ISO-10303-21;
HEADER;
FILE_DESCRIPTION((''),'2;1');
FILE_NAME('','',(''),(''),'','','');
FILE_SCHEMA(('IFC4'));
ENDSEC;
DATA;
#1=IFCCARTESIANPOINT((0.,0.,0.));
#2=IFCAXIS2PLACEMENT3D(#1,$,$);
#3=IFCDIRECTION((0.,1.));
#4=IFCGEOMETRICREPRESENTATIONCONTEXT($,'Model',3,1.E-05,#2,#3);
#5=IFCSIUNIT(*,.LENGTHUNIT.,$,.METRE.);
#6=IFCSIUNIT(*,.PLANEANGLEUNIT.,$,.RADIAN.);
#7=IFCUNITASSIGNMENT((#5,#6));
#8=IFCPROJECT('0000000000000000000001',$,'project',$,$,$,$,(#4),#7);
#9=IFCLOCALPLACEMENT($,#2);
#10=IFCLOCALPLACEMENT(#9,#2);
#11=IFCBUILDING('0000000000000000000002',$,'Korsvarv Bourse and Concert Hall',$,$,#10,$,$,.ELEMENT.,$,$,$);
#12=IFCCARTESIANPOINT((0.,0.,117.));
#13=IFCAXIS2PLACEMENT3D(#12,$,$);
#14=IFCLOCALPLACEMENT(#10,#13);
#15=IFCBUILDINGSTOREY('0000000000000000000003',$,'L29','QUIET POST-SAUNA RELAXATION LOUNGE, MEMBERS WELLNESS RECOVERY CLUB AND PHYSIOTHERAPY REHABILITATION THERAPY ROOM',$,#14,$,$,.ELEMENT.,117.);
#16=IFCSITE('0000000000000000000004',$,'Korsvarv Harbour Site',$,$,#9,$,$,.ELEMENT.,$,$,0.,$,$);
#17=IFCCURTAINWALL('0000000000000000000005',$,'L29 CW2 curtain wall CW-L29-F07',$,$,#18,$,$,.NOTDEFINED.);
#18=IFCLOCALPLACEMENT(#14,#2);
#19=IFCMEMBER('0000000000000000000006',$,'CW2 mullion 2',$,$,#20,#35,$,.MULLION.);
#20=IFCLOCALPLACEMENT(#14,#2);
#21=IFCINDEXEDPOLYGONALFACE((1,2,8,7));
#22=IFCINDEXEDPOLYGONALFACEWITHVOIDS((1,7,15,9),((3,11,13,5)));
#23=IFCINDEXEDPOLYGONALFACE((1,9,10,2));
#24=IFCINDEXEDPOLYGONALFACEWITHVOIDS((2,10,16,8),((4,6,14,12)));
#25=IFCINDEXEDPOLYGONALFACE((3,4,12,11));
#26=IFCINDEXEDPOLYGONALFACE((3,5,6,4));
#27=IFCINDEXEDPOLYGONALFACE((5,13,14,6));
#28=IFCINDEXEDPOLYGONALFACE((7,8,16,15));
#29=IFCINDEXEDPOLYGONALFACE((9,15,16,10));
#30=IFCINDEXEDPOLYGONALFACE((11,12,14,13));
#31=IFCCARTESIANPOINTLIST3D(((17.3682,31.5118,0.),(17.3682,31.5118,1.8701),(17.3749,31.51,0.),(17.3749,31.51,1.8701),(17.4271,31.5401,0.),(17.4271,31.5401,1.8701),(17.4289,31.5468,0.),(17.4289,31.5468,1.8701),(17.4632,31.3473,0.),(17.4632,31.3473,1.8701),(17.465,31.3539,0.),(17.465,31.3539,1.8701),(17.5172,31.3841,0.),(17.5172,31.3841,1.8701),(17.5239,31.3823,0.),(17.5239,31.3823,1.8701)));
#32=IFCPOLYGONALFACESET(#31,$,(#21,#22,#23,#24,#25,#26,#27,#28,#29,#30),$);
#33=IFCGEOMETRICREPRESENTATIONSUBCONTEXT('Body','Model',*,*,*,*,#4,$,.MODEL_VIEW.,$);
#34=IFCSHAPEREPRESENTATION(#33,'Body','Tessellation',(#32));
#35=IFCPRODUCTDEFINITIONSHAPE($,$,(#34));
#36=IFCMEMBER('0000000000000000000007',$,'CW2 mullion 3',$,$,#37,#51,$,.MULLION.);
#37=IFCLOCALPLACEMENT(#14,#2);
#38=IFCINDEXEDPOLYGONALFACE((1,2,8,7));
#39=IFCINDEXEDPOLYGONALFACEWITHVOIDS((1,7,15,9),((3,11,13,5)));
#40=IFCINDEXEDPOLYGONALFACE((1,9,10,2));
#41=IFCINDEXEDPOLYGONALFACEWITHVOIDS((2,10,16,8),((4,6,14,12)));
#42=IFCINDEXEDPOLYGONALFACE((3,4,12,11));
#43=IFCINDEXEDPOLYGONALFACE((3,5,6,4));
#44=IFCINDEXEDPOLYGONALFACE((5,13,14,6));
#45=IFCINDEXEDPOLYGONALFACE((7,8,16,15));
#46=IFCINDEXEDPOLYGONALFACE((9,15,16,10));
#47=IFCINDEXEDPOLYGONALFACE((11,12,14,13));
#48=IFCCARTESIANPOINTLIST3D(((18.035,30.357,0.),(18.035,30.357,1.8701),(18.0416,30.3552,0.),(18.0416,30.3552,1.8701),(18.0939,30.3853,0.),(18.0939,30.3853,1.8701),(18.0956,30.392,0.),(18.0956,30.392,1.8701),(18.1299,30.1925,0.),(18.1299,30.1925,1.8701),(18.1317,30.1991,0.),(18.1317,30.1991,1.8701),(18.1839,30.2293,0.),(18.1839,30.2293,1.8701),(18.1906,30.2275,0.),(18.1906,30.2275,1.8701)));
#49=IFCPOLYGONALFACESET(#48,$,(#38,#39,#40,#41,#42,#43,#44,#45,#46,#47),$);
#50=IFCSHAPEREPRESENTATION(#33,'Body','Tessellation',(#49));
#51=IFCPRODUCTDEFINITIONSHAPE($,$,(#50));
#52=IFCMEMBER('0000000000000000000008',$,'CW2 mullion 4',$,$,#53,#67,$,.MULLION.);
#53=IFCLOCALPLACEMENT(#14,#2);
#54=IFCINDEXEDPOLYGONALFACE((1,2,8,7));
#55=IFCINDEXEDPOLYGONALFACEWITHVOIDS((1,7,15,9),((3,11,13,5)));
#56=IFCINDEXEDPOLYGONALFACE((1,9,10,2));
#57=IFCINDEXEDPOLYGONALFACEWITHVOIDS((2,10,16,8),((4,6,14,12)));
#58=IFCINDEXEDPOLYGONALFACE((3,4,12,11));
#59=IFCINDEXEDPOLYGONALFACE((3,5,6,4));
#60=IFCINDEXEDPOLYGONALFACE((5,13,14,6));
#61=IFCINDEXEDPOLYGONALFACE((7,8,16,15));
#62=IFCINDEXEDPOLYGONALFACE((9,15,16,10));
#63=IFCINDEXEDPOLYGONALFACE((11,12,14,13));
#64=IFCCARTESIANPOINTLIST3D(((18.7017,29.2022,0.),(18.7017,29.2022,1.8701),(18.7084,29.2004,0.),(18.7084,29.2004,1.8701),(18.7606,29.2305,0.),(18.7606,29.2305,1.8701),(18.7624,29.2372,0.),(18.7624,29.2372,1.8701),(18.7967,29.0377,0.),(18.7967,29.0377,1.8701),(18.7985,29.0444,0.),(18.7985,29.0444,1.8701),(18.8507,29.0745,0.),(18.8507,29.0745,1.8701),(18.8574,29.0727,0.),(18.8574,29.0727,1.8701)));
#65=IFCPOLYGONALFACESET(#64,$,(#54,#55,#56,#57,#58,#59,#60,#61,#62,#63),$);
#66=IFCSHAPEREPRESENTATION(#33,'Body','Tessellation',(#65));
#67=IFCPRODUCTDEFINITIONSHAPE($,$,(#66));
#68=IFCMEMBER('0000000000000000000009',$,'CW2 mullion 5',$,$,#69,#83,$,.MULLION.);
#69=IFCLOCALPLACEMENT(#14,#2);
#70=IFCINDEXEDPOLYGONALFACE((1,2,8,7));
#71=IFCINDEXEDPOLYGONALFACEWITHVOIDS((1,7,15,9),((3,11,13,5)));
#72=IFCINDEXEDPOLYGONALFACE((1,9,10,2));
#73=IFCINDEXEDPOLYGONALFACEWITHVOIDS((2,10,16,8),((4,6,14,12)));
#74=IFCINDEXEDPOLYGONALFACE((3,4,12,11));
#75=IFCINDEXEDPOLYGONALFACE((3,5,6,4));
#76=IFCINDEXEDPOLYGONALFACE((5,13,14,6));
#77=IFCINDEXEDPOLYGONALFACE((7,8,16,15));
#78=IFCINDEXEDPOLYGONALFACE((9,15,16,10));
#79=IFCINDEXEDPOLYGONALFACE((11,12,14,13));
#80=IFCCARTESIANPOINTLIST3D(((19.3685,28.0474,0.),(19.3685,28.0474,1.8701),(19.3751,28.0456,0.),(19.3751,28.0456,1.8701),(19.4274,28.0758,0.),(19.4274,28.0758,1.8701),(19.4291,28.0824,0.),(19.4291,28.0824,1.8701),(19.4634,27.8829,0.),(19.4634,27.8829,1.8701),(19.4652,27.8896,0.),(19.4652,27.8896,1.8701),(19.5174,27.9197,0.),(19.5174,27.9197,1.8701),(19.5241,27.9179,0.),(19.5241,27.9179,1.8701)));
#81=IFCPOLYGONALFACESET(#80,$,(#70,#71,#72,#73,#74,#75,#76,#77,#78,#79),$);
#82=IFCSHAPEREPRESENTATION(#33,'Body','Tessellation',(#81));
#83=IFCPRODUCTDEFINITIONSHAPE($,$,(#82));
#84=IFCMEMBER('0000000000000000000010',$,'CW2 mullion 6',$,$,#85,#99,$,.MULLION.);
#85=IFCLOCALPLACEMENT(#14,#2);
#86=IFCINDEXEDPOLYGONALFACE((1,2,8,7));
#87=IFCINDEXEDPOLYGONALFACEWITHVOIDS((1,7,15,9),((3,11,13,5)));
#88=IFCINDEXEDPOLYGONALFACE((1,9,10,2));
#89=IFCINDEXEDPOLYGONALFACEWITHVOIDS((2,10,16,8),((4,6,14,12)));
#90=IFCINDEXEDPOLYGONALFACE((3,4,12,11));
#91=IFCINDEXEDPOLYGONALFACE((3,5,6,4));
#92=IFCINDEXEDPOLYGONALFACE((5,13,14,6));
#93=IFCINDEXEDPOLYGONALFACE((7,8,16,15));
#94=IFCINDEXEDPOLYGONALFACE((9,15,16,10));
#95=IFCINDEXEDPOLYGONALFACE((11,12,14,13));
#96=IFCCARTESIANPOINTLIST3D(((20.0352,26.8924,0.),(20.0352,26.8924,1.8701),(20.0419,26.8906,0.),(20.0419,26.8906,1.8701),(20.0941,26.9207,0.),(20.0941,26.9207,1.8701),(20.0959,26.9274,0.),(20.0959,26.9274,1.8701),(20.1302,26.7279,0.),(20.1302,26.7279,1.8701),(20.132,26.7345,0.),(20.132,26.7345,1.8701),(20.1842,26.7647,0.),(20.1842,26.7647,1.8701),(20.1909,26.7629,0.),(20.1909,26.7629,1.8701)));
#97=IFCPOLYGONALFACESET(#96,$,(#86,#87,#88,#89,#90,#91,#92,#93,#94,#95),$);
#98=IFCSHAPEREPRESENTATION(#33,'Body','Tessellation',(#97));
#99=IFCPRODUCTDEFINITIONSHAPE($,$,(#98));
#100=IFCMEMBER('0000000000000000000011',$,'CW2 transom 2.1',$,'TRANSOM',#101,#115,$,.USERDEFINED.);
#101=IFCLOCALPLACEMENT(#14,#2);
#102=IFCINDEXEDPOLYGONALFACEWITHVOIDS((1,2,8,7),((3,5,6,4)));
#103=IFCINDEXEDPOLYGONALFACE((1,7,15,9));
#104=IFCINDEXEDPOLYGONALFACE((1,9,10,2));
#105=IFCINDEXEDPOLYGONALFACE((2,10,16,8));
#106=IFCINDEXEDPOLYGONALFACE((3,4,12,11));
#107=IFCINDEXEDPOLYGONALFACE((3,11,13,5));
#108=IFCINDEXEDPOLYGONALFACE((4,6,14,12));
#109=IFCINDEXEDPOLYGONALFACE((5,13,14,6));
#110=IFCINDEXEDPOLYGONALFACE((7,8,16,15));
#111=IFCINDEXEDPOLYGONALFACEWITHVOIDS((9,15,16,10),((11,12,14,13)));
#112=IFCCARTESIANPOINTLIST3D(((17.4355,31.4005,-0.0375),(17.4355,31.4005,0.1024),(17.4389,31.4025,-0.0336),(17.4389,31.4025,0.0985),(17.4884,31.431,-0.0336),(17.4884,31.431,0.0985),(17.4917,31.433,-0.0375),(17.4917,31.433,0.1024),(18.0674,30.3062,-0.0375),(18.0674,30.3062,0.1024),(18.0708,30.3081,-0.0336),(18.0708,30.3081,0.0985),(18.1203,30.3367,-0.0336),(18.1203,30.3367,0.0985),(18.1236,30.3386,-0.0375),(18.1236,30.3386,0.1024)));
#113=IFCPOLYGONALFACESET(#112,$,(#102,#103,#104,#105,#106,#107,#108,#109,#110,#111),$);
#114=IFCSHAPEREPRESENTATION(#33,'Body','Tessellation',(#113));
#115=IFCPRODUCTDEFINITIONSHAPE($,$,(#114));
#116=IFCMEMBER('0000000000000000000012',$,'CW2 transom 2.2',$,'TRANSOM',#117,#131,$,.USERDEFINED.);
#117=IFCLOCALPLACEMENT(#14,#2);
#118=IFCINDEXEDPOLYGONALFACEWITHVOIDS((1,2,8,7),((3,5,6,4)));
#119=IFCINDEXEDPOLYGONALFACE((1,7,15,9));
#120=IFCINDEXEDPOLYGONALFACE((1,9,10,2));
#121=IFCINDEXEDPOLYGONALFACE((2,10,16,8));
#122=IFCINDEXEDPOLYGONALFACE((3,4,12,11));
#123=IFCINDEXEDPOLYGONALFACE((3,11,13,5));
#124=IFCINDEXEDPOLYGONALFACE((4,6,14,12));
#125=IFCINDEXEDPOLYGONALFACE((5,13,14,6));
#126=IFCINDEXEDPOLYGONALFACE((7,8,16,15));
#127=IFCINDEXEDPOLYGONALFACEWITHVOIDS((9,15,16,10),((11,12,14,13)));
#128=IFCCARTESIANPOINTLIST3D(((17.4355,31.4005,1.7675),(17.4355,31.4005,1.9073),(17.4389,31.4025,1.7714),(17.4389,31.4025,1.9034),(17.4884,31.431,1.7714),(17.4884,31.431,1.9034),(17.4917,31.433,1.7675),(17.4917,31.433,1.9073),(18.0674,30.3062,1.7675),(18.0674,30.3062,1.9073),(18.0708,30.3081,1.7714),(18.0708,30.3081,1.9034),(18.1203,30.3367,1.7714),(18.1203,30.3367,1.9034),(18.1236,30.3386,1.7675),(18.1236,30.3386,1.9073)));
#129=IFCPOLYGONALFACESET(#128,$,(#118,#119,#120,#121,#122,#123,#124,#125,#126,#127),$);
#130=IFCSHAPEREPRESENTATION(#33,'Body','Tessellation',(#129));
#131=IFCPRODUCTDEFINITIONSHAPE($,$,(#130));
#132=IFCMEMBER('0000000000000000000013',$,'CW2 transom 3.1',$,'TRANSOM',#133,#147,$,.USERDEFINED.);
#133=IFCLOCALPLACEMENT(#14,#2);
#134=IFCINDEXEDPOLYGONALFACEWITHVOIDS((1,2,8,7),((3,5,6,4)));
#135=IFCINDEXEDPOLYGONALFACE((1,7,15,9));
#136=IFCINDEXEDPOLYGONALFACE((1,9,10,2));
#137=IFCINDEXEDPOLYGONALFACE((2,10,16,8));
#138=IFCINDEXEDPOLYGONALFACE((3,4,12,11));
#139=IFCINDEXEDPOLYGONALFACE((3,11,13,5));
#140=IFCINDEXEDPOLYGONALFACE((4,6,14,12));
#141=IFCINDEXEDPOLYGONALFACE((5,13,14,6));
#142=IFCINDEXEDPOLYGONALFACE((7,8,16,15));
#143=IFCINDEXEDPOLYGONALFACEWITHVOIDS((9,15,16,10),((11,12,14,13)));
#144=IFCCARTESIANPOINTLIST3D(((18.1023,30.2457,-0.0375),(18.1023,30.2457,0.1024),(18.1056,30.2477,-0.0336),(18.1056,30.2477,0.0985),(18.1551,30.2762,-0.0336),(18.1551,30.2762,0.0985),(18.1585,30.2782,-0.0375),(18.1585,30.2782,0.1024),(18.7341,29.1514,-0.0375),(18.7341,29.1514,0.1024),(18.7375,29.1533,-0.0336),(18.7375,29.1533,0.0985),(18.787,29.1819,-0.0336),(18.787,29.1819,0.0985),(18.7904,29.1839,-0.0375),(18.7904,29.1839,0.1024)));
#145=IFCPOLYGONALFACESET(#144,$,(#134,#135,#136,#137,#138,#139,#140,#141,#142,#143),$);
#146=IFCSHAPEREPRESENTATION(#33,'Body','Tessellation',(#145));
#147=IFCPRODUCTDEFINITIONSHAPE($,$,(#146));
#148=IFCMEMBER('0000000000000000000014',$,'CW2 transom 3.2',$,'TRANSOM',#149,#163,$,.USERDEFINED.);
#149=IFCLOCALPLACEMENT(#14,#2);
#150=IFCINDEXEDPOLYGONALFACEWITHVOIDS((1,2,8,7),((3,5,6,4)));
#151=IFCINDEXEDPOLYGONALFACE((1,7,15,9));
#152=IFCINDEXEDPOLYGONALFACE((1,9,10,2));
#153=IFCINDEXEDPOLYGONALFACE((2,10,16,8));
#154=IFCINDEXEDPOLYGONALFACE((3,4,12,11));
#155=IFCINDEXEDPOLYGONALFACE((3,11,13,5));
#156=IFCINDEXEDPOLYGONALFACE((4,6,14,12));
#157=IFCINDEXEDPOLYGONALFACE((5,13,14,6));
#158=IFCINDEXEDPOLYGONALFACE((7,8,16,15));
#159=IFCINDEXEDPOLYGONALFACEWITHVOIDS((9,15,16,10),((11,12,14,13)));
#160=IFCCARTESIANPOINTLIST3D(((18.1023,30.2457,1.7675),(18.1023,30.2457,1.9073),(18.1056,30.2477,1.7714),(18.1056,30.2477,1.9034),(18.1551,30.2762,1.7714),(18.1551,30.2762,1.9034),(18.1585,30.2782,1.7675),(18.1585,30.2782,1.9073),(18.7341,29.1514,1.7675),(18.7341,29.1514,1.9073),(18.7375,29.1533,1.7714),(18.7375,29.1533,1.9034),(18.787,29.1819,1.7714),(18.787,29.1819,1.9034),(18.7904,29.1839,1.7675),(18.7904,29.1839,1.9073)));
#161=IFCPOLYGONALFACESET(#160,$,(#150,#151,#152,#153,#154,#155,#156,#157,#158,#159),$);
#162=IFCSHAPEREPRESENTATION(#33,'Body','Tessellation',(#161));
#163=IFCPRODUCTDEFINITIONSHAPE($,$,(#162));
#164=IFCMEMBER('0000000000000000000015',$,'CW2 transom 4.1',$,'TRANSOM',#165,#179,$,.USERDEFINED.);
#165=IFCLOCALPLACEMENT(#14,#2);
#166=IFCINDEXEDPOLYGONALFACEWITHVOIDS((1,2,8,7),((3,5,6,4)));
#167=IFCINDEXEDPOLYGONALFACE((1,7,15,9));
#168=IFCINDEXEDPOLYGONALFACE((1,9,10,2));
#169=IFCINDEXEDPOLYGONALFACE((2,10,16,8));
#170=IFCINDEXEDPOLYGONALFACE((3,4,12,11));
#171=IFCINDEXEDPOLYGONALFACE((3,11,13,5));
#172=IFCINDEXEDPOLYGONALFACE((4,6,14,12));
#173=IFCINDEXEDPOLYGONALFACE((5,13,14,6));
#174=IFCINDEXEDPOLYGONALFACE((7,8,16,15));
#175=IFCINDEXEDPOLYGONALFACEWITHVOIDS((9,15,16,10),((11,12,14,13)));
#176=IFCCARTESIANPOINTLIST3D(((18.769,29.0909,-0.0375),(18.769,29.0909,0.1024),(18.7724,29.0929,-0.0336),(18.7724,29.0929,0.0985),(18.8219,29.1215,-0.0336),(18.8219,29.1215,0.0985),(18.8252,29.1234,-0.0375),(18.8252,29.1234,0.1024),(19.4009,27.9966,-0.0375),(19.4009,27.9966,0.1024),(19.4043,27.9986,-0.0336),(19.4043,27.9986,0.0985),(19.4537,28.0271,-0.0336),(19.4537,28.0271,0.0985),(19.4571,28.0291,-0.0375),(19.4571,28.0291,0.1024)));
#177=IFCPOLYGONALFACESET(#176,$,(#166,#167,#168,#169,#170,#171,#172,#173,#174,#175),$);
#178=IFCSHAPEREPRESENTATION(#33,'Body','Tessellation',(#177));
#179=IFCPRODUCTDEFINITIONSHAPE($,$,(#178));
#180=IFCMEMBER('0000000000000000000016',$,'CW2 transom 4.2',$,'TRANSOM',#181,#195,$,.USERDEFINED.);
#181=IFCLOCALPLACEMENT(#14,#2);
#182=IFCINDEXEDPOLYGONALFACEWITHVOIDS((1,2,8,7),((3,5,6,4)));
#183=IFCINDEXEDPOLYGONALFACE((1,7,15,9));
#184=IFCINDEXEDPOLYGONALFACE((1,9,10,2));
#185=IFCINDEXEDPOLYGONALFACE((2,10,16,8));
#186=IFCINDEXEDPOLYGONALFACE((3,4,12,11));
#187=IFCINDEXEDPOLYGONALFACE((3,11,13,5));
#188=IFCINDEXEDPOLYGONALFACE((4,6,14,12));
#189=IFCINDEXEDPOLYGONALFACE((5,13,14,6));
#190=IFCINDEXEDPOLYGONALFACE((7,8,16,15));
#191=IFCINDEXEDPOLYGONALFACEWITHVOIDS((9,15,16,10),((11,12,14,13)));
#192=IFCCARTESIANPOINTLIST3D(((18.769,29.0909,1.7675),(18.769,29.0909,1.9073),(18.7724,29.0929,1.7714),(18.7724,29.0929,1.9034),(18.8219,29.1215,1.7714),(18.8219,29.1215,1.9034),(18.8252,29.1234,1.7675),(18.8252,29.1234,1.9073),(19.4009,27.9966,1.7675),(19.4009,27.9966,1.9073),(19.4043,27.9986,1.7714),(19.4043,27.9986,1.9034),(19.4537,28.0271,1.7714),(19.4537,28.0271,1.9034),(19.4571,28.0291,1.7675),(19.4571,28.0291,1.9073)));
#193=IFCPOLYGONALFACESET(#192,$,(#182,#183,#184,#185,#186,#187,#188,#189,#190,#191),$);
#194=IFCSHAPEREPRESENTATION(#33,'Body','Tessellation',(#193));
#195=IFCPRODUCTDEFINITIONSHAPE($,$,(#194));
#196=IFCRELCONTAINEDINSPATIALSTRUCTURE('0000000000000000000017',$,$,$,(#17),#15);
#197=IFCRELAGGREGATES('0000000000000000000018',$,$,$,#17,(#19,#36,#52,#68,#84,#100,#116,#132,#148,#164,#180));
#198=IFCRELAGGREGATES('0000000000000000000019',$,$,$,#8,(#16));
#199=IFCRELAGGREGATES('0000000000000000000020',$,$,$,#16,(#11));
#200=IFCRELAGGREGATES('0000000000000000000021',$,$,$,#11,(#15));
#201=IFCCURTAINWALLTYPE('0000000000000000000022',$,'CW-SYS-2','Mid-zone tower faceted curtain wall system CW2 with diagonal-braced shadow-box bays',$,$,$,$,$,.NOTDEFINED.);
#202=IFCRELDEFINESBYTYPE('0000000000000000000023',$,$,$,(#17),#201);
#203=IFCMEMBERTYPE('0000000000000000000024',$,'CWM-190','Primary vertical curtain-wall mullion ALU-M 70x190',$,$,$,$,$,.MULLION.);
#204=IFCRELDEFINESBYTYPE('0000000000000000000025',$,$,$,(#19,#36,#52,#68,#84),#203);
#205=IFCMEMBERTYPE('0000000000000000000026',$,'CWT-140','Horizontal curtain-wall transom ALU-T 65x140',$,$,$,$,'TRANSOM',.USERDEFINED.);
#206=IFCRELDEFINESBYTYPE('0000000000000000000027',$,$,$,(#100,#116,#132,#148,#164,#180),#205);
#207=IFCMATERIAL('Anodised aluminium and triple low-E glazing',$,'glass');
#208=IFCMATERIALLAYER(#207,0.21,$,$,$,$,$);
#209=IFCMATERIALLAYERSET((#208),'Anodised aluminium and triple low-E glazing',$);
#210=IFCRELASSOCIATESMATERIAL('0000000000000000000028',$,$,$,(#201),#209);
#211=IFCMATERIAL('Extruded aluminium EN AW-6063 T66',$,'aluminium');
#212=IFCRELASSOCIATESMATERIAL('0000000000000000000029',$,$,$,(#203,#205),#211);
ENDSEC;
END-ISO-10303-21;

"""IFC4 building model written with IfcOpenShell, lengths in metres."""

from ifc_helpers import new_model, si_unit, direction, frame, origin, origin_2d, place, context, subcontext, project, spatial, hollow_rectangle, extrude, source, transform, mapped, material, layer, layer_set, material_profile, profile_set, type_object, element, aggregate, save


model = new_model("IFC4")

# Units and contexts
model_context = context("Model", 3, precision=1e-05, world=origin(), true_north=direction((0.0, 1.0)))
body_context = subcontext(model_context, "Body", "Model", "MODEL_VIEW")
ifc_project = project(units=[si_unit("LENGTHUNIT", "METRE"), si_unit("PLANEANGLEUNIT", "RADIAN")], contexts=[model_context])

# Site, building, storey
site_placement = place(None, origin())
site = spatial("IfcSite", under=ifc_project, at=site_placement, Name="Korsvarv Harbour Site", CompositionType="ELEMENT", RefElevation=0.0)
building_placement = place(site_placement, origin())
building = spatial("IfcBuilding", under=site, at=building_placement, Name="Korsvarv Bourse and Concert Hall", CompositionType="ELEMENT")
storey_placement = place(building_placement, frame((0.0, 0.0, 117.0)))
storey = spatial("IfcBuildingStorey", under=building, at=storey_placement, Name="L29", Description="QUIET POST-SAUNA RELAXATION LOUNGE, MEMBERS WELLNESS RECOVERY CLUB AND PHYSIOTHERAPY REHABILITATION THERAPY ROOM", CompositionType="ELEMENT", Elevation=117.0)

# Curtain wall, members
ifc_material_1 = material(Name="Anodised aluminium and triple low-E glazing", Category="glass")
ifc_layer_1 = layer(ifc_material_1, 0.21)
ifc_layer_set_1 = layer_set([ifc_layer_1], Name="Anodised aluminium and triple low-E glazing")
curtain_wall_type = type_object("IfcCurtainWallType", Name="CW-SYS-2", Description="Mid-zone tower faceted curtain wall system CW2 with diagonal-braced shadow-box bays", PredefinedType="NOTDEFINED", material=ifc_layer_set_1)
curtain_wall_placement = place(storey_placement, origin())
curtain_wall = element("IfcCurtainWall", 1, at=curtain_wall_placement, inside=storey, type_object=curtain_wall_type, Name="L29 CW2 curtain wall CW-L29-F07", PredefinedType="NOTDEFINED")
ifc_material_2 = material(Name="Extruded aluminium EN AW-6063 T66", Category="aluminium")
ifc_material_profile_1 = material_profile(ifc_material_2, hollow_rectangle(XDim=0.0701, YDim=0.1899, WallThickness=0.0049, at=origin_2d()), Name="ALU-M 70x190")
ifc_profile_set_1 = profile_set([ifc_material_profile_1], Name="Extruded aluminium EN AW-6063 T66")
member_type_1 = type_object("IfcMemberType", Name="CWM-190", Description="Primary vertical curtain-wall mullion ALU-M 70x190", PredefinedType="MULLION", material=ifc_profile_set_1)
shared_shape_1 = source(origin(), body_context, "Body", "SweptSolid", [
    extrude(hollow_rectangle(XDim=0.0701, YDim=0.1899, WallThickness=0.0049, at=origin_2d()), origin(), (0.0, 0.0, 1.0), 1.8701),
])
member_1_placement = place(storey_placement, frame((17.446, 31.447, 0.0), z_axis=(0.0, 0.0, 1.0), x_axis=(0.866022, 0.500006, 0.0)))
member_1 = element("IfcMember", 2, at=member_1_placement, type_object=member_type_1, Name="CW2 mullion 2", PredefinedType="MULLION", context=body_context, shape_type="MappedRepresentation", body=[
    mapped(shared_shape_1, transform((0.0, 0.0, 0.0), scale=1.0)),
])
member_2_placement = place(storey_placement, frame((18.1128, 30.2922, 0.0), z_axis=(0.0, 0.0, 1.0), x_axis=(0.866022, 0.500006, 0.0)))
member_2 = element("IfcMember", 3, at=member_2_placement, type_object=member_type_1, Name="CW2 mullion 3", PredefinedType="MULLION", context=body_context, shape_type="MappedRepresentation", body=[
    mapped(shared_shape_1, transform((0.0, 0.0, 0.0), scale=1.0)),
])
member_3_placement = place(storey_placement, frame((18.7795, 29.1375, 0.0), z_axis=(0.0, 0.0, 1.0), x_axis=(0.866022, 0.500006, 0.0)))
member_3 = element("IfcMember", 4, at=member_3_placement, type_object=member_type_1, Name="CW2 mullion 4", PredefinedType="MULLION", context=body_context, shape_type="MappedRepresentation", body=[
    mapped(shared_shape_1, transform((0.0, 0.0, 0.0), scale=1.0)),
])
member_4_placement = place(storey_placement, frame((19.4463, 27.9827, 0.0), z_axis=(0.0, 0.0, 1.0), x_axis=(0.866022, 0.500006, 0.0)))
member_4 = element("IfcMember", 5, at=member_4_placement, type_object=member_type_1, Name="CW2 mullion 5", PredefinedType="MULLION", context=body_context, shape_type="MappedRepresentation", body=[
    mapped(shared_shape_1, transform((0.0, 0.0, 0.0), scale=1.0)),
])
member_5_placement = place(storey_placement, frame((20.113, 26.8276, 0.0), z_axis=(0.0, 0.0, 1.0), x_axis=(0.866022, 0.500006, 0.0)))
member_5 = element("IfcMember", 6, at=member_5_placement, type_object=member_type_1, Name="CW2 mullion 6", PredefinedType="MULLION", context=body_context, shape_type="MappedRepresentation", body=[
    mapped(shared_shape_1, transform((0.0, 0.0, 0.0), scale=1.0)),
])
ifc_material_profile_2 = material_profile(ifc_material_2, hollow_rectangle(XDim=0.0649, YDim=0.1399, WallThickness=0.0039, at=origin_2d()), Name="ALU-T 65x140")
ifc_profile_set_2 = profile_set([ifc_material_profile_2], Name="Extruded aluminium EN AW-6063 T66")
member_type_2 = type_object("IfcMemberType", Name="CWT-140", Description="Horizontal curtain-wall transom ALU-T 65x140", ElementType="TRANSOM", PredefinedType="USERDEFINED", material=ifc_profile_set_2)
shared_shape_2 = source(origin(), body_context, "Body", "SweptSolid", [
    extrude(hollow_rectangle(XDim=0.0649, YDim=0.1399, WallThickness=0.0039, at=origin_2d()), origin(), (0.0, 0.0, 1.0), 1.2637),
])
member_6_placement = place(storey_placement, frame((17.4636, 31.4167, 0.0325), z_axis=(0.500046, -0.865999, 0.0), x_axis=(0.865999, 0.500046, 0.0)))
member_6 = element("IfcMember", 7, at=member_6_placement, type_object=member_type_2, Name="CW2 transom 2.1", ObjectType="TRANSOM", PredefinedType="USERDEFINED", context=body_context, shape_type="MappedRepresentation", body=[
    mapped(shared_shape_2, transform((0.0, 0.0, 0.0), scale=1.0)),
])
member_7_placement = place(storey_placement, frame((17.4636, 31.4167, 1.8374), z_axis=(0.500046, -0.865999, 0.0), x_axis=(0.865999, 0.500046, 0.0)))
member_7 = element("IfcMember", 8, at=member_7_placement, type_object=member_type_2, Name="CW2 transom 2.2", ObjectType="TRANSOM", PredefinedType="USERDEFINED", context=body_context, shape_type="MappedRepresentation", body=[
    mapped(shared_shape_2, transform((0.0, 0.0, 0.0), scale=1.0)),
])
member_8_placement = place(storey_placement, frame((18.1304, 30.262, 0.0325), z_axis=(0.500046, -0.865999, 0.0), x_axis=(0.865999, 0.500046, 0.0)))
member_8 = element("IfcMember", 9, at=member_8_placement, type_object=member_type_2, Name="CW2 transom 3.1", ObjectType="TRANSOM", PredefinedType="USERDEFINED", context=body_context, shape_type="MappedRepresentation", body=[
    mapped(shared_shape_2, transform((0.0, 0.0, 0.0), scale=1.0)),
])
member_9_placement = place(storey_placement, frame((18.1304, 30.262, 1.8374), z_axis=(0.500046, -0.865999, 0.0), x_axis=(0.865999, 0.500046, 0.0)))
member_9 = element("IfcMember", 10, at=member_9_placement, type_object=member_type_2, Name="CW2 transom 3.2", ObjectType="TRANSOM", PredefinedType="USERDEFINED", context=body_context, shape_type="MappedRepresentation", body=[
    mapped(shared_shape_2, transform((0.0, 0.0, 0.0), scale=1.0)),
])
member_10_placement = place(storey_placement, frame((18.7971, 29.1072, 0.0325), z_axis=(0.500046, -0.865999, 0.0), x_axis=(0.865999, 0.500046, 0.0)))
member_10 = element("IfcMember", 11, at=member_10_placement, type_object=member_type_2, Name="CW2 transom 4.1", ObjectType="TRANSOM", PredefinedType="USERDEFINED", context=body_context, shape_type="MappedRepresentation", body=[
    mapped(shared_shape_2, transform((0.0, 0.0, 0.0), scale=1.0)),
])
member_11_placement = place(storey_placement, frame((18.7971, 29.1072, 1.8374), z_axis=(0.500046, -0.865999, 0.0), x_axis=(0.865999, 0.500046, 0.0)))
member_11 = element("IfcMember", 12, at=member_11_placement, type_object=member_type_2, Name="CW2 transom 4.2", ObjectType="TRANSOM", PredefinedType="USERDEFINED", context=body_context, shape_type="MappedRepresentation", body=[
    mapped(shared_shape_2, transform((0.0, 0.0, 0.0), scale=1.0)),
])

aggregate(curtain_wall, [member_1, member_2, member_3, member_4, member_5, member_6, member_7, member_8, member_9, member_10, member_11])

save(model, "model.ifc")
